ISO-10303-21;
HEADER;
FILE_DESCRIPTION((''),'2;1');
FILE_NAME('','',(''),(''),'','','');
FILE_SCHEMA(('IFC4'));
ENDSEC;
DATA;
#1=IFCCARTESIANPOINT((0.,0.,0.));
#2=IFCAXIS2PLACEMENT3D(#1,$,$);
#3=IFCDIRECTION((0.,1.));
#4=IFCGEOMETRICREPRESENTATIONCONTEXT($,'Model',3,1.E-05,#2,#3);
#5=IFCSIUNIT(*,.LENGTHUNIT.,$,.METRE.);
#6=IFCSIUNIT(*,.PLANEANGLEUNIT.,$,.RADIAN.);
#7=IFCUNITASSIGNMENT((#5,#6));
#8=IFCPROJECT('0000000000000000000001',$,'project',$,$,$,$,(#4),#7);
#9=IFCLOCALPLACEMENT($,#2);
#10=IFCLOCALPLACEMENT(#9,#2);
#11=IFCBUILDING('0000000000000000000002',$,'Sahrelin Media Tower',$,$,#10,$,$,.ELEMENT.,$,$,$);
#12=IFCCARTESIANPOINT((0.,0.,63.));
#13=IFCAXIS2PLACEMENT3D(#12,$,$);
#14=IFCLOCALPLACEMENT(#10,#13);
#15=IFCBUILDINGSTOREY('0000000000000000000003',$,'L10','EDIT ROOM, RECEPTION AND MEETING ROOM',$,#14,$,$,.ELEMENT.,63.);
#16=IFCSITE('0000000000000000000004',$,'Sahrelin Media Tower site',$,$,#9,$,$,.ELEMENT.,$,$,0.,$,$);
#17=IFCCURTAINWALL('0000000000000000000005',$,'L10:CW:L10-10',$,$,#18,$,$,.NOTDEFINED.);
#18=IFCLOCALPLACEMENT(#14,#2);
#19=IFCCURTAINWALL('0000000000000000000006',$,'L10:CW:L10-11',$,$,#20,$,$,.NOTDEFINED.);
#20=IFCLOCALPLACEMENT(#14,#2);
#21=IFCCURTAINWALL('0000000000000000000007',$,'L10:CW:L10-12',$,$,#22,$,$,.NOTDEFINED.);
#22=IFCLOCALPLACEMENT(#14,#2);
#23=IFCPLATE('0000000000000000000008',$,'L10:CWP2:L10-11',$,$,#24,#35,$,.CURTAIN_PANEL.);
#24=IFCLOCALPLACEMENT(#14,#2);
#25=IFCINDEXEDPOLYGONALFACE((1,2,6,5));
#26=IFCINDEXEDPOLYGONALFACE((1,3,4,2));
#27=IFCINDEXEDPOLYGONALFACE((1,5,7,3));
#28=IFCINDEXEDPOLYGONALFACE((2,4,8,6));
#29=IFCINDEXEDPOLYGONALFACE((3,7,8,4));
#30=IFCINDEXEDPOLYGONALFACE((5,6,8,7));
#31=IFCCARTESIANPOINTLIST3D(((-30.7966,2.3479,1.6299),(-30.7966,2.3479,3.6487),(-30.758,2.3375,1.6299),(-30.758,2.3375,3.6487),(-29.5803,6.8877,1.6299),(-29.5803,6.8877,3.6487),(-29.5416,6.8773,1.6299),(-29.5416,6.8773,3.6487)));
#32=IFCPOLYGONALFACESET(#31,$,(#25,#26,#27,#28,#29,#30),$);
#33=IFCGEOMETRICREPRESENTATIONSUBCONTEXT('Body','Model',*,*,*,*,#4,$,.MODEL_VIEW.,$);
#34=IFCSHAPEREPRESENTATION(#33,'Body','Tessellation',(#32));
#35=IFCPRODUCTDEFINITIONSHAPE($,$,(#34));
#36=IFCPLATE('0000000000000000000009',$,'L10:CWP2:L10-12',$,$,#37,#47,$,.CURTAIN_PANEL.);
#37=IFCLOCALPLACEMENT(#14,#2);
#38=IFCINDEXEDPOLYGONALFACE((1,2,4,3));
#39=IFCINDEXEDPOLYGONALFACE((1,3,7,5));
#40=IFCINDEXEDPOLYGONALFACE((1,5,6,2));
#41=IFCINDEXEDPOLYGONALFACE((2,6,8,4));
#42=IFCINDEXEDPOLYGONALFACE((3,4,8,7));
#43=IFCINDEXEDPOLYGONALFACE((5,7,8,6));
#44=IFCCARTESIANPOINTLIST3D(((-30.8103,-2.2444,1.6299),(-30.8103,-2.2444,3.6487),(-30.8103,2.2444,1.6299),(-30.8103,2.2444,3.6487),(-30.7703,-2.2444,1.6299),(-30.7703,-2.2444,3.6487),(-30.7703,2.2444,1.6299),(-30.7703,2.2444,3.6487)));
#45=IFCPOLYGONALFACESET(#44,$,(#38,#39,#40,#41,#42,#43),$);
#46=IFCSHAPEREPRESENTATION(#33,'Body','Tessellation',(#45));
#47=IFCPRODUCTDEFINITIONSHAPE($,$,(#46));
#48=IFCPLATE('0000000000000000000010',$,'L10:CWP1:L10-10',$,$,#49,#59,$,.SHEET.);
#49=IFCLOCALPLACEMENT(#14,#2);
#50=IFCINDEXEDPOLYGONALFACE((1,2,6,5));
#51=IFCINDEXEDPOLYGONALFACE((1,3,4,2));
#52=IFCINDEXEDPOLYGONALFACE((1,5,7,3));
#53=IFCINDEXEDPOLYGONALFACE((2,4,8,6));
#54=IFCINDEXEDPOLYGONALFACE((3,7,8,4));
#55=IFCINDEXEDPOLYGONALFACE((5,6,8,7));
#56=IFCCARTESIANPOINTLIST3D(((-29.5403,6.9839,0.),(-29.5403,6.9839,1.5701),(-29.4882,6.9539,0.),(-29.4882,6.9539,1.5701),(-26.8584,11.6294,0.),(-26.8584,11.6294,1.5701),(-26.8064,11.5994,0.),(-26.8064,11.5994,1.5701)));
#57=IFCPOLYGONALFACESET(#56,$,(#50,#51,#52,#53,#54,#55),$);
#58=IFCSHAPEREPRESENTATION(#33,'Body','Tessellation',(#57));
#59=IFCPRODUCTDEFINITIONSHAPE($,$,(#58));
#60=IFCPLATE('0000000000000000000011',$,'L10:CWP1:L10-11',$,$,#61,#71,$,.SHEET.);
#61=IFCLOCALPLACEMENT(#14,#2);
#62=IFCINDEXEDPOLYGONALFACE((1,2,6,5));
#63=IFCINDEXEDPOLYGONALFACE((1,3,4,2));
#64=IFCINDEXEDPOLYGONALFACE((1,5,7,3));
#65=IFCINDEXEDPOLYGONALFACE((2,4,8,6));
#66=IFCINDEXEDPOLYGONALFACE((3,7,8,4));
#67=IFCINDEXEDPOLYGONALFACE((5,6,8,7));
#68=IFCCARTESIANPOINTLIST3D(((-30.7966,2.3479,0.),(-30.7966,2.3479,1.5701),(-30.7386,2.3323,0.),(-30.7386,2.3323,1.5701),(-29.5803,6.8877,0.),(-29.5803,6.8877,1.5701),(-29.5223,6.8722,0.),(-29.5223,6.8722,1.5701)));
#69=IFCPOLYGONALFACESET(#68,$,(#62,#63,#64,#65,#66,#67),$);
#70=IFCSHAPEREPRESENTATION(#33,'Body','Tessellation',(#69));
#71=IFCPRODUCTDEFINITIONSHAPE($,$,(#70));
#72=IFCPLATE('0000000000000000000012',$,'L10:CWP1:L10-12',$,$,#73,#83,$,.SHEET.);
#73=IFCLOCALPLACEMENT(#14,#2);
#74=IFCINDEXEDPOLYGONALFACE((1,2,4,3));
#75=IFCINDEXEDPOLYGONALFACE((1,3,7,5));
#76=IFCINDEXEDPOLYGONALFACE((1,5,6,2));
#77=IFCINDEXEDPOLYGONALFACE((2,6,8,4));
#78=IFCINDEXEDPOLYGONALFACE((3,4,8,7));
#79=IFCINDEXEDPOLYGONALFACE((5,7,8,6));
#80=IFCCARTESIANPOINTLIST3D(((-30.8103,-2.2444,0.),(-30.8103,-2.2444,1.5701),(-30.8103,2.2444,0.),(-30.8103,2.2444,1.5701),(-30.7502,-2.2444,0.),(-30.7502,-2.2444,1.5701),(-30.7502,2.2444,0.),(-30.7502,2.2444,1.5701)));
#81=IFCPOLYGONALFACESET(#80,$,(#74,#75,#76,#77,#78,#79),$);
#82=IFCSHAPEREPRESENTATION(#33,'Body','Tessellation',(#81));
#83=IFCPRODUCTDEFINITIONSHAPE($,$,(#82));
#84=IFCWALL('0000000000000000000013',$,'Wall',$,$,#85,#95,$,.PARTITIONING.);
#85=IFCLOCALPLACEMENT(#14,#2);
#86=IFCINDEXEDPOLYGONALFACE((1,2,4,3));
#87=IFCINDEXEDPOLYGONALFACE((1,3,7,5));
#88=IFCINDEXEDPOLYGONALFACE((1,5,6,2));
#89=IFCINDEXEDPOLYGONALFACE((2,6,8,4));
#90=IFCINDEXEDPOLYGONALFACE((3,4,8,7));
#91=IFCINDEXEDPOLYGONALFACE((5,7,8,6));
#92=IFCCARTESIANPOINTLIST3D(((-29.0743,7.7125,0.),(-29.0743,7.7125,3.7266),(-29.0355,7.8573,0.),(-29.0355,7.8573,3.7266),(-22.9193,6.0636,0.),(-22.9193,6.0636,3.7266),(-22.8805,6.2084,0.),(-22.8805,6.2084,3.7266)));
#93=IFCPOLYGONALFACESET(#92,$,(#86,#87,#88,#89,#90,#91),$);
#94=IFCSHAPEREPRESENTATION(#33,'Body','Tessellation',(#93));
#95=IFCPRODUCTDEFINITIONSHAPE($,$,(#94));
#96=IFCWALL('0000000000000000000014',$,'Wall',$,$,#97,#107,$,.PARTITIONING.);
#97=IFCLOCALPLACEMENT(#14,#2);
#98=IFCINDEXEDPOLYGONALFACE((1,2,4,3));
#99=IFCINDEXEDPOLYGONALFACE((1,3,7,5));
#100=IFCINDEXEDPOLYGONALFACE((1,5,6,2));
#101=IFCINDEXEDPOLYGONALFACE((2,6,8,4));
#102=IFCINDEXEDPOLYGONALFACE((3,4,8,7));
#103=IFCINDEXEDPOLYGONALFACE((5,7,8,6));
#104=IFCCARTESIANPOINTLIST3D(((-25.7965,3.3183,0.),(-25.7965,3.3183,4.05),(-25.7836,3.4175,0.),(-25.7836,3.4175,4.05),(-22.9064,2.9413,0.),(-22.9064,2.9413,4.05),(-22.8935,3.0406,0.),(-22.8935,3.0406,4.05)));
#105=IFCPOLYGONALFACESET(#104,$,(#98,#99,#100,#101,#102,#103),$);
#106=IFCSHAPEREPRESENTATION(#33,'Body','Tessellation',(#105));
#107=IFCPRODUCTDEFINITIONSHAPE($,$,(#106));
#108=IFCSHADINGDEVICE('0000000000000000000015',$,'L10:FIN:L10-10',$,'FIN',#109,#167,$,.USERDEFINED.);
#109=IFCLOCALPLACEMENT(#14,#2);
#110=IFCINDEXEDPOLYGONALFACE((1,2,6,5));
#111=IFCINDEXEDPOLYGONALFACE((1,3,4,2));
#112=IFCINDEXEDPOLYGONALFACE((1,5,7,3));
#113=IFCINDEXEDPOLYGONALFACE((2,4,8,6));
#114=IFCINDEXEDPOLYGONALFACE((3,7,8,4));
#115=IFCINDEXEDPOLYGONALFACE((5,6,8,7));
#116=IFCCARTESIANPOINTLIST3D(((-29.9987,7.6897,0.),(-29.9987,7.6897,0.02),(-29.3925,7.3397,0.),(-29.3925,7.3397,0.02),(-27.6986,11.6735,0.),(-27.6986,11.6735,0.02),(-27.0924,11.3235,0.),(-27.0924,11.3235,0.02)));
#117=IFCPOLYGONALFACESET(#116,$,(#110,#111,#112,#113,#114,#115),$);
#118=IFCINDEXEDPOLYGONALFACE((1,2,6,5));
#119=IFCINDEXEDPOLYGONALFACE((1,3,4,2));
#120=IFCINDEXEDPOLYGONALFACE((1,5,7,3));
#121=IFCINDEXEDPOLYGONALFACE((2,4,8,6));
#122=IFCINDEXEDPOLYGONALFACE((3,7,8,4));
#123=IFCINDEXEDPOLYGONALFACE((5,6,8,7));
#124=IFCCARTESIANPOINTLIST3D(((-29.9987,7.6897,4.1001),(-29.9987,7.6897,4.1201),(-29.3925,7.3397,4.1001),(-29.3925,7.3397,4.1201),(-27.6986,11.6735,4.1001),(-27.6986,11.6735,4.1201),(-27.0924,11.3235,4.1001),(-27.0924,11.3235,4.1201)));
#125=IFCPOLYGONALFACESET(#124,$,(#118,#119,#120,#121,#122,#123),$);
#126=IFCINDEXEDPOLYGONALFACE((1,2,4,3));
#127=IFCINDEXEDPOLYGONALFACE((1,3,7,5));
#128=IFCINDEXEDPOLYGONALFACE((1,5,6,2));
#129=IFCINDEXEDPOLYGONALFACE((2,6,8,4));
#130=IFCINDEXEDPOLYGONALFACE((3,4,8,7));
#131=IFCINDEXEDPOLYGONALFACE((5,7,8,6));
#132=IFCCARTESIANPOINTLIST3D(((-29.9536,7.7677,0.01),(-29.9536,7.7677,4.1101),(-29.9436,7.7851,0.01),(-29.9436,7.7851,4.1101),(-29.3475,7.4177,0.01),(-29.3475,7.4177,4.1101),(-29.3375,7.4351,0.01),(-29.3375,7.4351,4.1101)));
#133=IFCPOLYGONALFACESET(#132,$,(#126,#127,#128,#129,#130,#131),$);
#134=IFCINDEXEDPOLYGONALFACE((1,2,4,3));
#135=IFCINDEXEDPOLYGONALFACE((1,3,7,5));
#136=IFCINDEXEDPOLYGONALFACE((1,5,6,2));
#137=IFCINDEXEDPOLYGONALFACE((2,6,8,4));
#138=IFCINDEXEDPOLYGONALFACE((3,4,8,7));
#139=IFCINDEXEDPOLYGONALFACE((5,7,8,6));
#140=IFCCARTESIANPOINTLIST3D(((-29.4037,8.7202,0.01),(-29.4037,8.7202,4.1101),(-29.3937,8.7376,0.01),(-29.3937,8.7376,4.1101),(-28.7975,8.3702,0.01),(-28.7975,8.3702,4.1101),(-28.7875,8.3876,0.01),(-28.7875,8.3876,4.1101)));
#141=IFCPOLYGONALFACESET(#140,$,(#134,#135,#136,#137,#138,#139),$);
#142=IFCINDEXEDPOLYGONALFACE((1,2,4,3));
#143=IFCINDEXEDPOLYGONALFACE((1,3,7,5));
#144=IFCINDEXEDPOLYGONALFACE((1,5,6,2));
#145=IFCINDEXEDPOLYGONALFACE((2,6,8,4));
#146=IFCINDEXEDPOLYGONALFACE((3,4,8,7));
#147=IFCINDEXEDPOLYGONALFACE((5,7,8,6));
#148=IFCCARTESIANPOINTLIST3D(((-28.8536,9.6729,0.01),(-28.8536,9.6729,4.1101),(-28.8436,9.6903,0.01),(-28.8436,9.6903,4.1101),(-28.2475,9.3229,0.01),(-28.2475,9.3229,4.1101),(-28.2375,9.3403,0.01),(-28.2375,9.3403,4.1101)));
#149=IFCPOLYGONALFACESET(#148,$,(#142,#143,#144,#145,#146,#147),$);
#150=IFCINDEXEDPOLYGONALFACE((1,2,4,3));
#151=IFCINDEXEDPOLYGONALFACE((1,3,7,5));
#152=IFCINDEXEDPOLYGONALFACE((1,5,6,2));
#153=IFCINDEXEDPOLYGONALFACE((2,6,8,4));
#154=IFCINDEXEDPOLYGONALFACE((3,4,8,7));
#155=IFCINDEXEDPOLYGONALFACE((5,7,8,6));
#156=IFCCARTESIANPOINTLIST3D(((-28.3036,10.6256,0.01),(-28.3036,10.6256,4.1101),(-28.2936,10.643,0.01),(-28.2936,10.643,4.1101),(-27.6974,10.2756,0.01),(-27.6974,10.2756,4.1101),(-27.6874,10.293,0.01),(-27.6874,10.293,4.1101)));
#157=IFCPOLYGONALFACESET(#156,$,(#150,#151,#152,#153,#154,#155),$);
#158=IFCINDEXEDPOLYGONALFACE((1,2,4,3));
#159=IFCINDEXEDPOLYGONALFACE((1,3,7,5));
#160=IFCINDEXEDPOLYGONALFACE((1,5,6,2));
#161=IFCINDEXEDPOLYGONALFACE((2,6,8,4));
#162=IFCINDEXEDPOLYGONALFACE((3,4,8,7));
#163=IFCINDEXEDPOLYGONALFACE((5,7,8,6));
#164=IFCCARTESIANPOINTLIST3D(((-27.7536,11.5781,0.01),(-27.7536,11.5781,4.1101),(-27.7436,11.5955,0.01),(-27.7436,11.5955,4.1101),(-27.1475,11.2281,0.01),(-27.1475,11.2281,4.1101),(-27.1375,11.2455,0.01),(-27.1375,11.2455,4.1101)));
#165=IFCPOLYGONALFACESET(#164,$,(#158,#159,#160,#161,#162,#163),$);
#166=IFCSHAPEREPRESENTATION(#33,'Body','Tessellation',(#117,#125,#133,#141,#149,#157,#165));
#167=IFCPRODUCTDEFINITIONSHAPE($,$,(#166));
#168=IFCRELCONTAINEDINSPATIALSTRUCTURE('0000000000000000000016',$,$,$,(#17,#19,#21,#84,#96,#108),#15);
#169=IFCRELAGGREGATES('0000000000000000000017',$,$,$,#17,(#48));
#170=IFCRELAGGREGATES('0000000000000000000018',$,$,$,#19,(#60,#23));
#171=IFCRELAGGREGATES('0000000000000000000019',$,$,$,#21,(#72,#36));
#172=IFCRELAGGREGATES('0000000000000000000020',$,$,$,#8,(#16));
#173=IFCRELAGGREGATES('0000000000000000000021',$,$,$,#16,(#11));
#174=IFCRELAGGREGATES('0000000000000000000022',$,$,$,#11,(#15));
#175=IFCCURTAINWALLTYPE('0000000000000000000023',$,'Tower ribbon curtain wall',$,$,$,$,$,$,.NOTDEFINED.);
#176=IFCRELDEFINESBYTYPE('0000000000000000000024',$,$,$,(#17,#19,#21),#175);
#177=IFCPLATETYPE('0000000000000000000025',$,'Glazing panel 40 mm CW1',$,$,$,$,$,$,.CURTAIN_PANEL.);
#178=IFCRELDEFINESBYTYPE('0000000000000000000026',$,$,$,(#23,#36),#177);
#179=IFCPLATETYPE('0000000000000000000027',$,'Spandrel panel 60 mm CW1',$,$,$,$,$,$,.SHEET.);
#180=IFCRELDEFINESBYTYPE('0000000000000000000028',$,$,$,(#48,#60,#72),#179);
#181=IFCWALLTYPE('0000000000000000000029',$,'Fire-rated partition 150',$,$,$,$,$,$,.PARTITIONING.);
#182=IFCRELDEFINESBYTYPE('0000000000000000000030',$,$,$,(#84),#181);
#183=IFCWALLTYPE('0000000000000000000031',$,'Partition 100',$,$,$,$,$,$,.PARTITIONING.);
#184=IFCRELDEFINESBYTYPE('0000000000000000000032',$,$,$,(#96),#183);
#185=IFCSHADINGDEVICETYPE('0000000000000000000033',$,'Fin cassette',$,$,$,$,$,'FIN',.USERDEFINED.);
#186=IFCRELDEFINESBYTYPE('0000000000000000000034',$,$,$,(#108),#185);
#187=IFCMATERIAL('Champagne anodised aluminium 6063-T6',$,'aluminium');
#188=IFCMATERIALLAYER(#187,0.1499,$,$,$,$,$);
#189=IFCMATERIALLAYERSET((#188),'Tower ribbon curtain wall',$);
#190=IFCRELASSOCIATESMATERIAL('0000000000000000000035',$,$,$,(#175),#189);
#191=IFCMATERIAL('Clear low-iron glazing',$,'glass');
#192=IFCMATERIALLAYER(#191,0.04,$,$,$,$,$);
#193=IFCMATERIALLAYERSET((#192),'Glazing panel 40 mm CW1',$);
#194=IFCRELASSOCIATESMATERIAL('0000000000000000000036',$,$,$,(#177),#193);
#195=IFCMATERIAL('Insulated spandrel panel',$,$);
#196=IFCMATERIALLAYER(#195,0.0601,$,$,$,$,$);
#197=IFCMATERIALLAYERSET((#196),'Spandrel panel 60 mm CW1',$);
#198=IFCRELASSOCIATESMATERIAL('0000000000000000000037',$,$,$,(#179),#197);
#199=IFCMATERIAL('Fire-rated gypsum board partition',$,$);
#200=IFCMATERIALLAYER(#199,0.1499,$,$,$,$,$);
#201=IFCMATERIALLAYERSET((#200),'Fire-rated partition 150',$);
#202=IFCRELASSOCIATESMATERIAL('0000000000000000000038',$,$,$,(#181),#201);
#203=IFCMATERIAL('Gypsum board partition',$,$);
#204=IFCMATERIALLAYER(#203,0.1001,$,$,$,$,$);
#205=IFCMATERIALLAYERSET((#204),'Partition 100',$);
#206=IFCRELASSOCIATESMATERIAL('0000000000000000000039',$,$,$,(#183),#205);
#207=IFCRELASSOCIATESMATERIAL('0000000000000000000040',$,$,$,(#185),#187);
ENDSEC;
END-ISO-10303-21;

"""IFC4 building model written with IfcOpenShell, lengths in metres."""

from ifc_helpers import new_model, si_unit, direction, frame, frame_2d, origin, origin_2d, place, context, subcontext, project, spatial, polyline, rectangle, outline, extrude, material, layer, layer_set, type_object, element, aggregate, save


model = new_model("IFC4")

# Units and contexts
model_context = context("Model", 3, precision=1e-05, world=origin(), true_north=direction((0.0, 1.0)))
body_context = subcontext(model_context, "Body", "Model", "MODEL_VIEW")
ifc_project = project(units=[si_unit("LENGTHUNIT", "METRE"), si_unit("PLANEANGLEUNIT", "RADIAN")], contexts=[model_context])

# Site, building, storey
site_placement = place(None, origin())
site = spatial("IfcSite", under=ifc_project, at=site_placement, Name="Sahrelin Media Tower site", CompositionType="ELEMENT", RefElevation=0.0)
building_placement = place(site_placement, origin())
building = spatial("IfcBuilding", under=site, at=building_placement, Name="Sahrelin Media Tower", CompositionType="ELEMENT")
storey_placement = place(building_placement, frame((0.0, 0.0, 63.0)))
storey = spatial("IfcBuildingStorey", under=building, at=storey_placement, Name="L10", Description="EDIT ROOM, RECEPTION AND MEETING ROOM", CompositionType="ELEMENT", Elevation=63.0)

# Curtain walls
ifc_material_1 = material(Name="Champagne anodised aluminium 6063-T6", Category="aluminium")
ifc_layer_1 = layer(ifc_material_1, 0.1499)
ifc_layer_set_1 = layer_set([ifc_layer_1], Name="Tower ribbon curtain wall")
curtain_wall_type = type_object("IfcCurtainWallType", Name="Tower ribbon curtain wall", PredefinedType="NOTDEFINED", material=ifc_layer_set_1)
curtain_wall_1_placement = place(storey_placement, frame((-28.1819, 9.2966, 0.0), z_axis=(0.0, 0.0, 1.0), x_axis=(1.0, 0.0, 0.0)))
curtain_wall_1 = element("IfcCurtainWall", 1, at=curtain_wall_1_placement, inside=storey, type_object=curtain_wall_type, Name="L10:CW:L10-10", PredefinedType="NOTDEFINED")
curtain_wall_2_placement = place(storey_placement, frame((-30.1692, 4.6125, 0.0), z_axis=(0.0, 0.0, 1.0), x_axis=(1.0, 0.0, 0.0)))
curtain_wall_2 = element("IfcCurtainWall", 2, at=curtain_wall_2_placement, inside=storey, type_object=curtain_wall_type, Name="L10:CW:L10-11", PredefinedType="NOTDEFINED")

# Curtain wall
curtain_wall_3_placement = place(storey_placement, frame((-30.7903, 0.0, 0.0), z_axis=(0.0, 0.0, 1.0), x_axis=(1.0, 0.0, 0.0)))
curtain_wall_3 = element("IfcCurtainWall", 3, at=curtain_wall_3_placement, inside=storey, type_object=curtain_wall_type, Name="L10:CW:L10-12", PredefinedType="NOTDEFINED")

# Plates
ifc_material_2 = material(Name="Clear low-iron glazing", Category="glass")
ifc_layer_2 = layer(ifc_material_2, 0.04)
ifc_layer_set_2 = layer_set([ifc_layer_2], Name="Glazing panel 40 mm CW1")
plate_type_1 = type_object("IfcPlateType", Name="Glazing panel 40 mm CW1", PredefinedType="CURTAIN_PANEL", material=ifc_layer_set_2)
plate_1_placement = place(storey_placement, frame((-29.5803, 6.8877, 1.6299), z_axis=(-0.965933, 0.258794, 0.0), x_axis=(-0.258794, -0.965933, 0.0)))
plate_1 = element("IfcPlate", 4, at=plate_1_placement, type_object=plate_type_1, Name="L10:CWP2:L10-11", PredefinedType="CURTAIN_PANEL", context=body_context, shape_type="SweptSolid", body=[
    extrude(outline(polyline([(0.0, 0.0), (4.7, 0.0), (4.7, 2.0188), (0.0, 2.0188), (0.0, 0.0)])), origin(), (0.0, 0.0, -1.0), 0.04),
])
plate_2_placement = place(storey_placement, frame((-30.8103, 2.2444, 1.6299), z_axis=(-1.0, 0.0, 0.0), x_axis=(0.0, -1.0, 0.0)))
plate_2 = element("IfcPlate", 5, at=plate_2_placement, type_object=plate_type_1, Name="L10:CWP2:L10-12", PredefinedType="CURTAIN_PANEL", context=body_context, shape_type="SweptSolid", body=[
    extrude(outline(polyline([(0.0, 0.0), (4.4888, 0.0), (4.4888, 2.0188), (0.0, 2.0188), (0.0, 0.0)])), origin(), (0.0, 0.0, -1.0), 0.04),
])
ifc_material_3 = material(Name="Insulated spandrel panel")
ifc_layer_3 = layer(ifc_material_3, 0.0601)
ifc_layer_set_3 = layer_set([ifc_layer_3], Name="Spandrel panel 60 mm CW1")
plate_type_2 = type_object("IfcPlateType", Name="Spandrel panel 60 mm CW1", PredefinedType="SHEET", material=ifc_layer_set_3)
plate_3_placement = place(storey_placement, frame((-26.8584, 11.6294, 0.0), z_axis=(-0.866042, 0.499972, 0.0), x_axis=(-0.499972, -0.866042, 0.0)))
plate_3 = element("IfcPlate", 6, at=plate_3_placement, type_object=plate_type_2, Name="L10:CWP1:L10-10", PredefinedType="SHEET", context=body_context, shape_type="SweptSolid", body=[
    extrude(outline(polyline([(0.0, 0.0), (5.364, 0.0), (5.364, 1.5701), (0.0, 1.5701), (0.0, 0.0)])), origin(), (0.0, 0.0, -1.0), 0.0601),
])
aggregate(curtain_wall_1, [plate_3])
plate_4_placement = place(storey_placement, frame((-29.5803, 6.8877, 0.0), z_axis=(-0.965933, 0.258794, 0.0), x_axis=(-0.258794, -0.965933, 0.0)))
plate_4 = element("IfcPlate", 7, at=plate_4_placement, type_object=plate_type_2, Name="L10:CWP1:L10-11", PredefinedType="SHEET", context=body_context, shape_type="SweptSolid", body=[
    extrude(outline(polyline([(0.0, 0.0), (4.7, 0.0), (4.7, 1.5701), (0.0, 1.5701), (0.0, 0.0)])), origin(), (0.0, 0.0, -1.0), 0.0601),
])
aggregate(curtain_wall_2, [plate_4, plate_1])
plate_5_placement = place(storey_placement, frame((-30.8103, 2.2444, 0.0), z_axis=(-1.0, 0.0, 0.0), x_axis=(0.0, -1.0, 0.0)))
plate_5 = element("IfcPlate", 8, at=plate_5_placement, type_object=plate_type_2, Name="L10:CWP1:L10-12", PredefinedType="SHEET", context=body_context, shape_type="SweptSolid", body=[
    extrude(outline(polyline([(0.0, 0.0), (4.4888, 0.0), (4.4888, 1.5701), (0.0, 1.5701), (0.0, 0.0)])), origin(), (0.0, 0.0, -1.0), 0.0601),
])
aggregate(curtain_wall_3, [plate_5, plate_2])

# Walls
ifc_material_4 = material(Name="Fire-rated gypsum board partition")
ifc_layer_4 = layer(ifc_material_4, 0.1499)
ifc_layer_set_4 = layer_set([ifc_layer_4], Name="Fire-rated partition 150")
wall_type_1 = type_object("IfcWallType", Name="Fire-rated partition 150", PredefinedType="PARTITIONING", material=ifc_layer_set_4)
wall_1_placement = place(storey_placement, frame((-29.0549, 7.7849, 0.0), z_axis=(0.0, 0.0, 1.0), x_axis=(0.965938, -0.258774, 0.0)))
element("IfcWall", 9, at=wall_1_placement, inside=storey, type_object=wall_type_1, Name="Wall", PredefinedType="PARTITIONING", context=body_context, shape_type="SweptSolid", body=[
    extrude(rectangle(XDim=6.3721, YDim=0.1499, at=frame_2d((3.186, 0.0))), origin(), (0.0, 0.0, 1.0), 3.7266),
])
ifc_material_5 = material(Name="Gypsum board partition")
ifc_layer_5 = layer(ifc_material_5, 0.1001)
ifc_layer_set_5 = layer_set([ifc_layer_5], Name="Partition 100")
wall_type_2 = type_object("IfcWallType", Name="Partition 100", PredefinedType="PARTITIONING", material=ifc_layer_set_5)
wall_2_placement = place(storey_placement, frame((-25.79, 3.3679, 0.0), z_axis=(0.0, 0.0, 1.0), x_axis=(0.991601, -0.129332, 0.0)))
element("IfcWall", 10, at=wall_2_placement, inside=storey, type_object=wall_type_2, Name="Wall", PredefinedType="PARTITIONING", context=body_context, shape_type="SweptSolid", body=[
    extrude(rectangle(XDim=2.9146, YDim=0.1001, at=frame_2d((1.4573, 0.0))), origin(), (0.0, 0.0, 1.0), 4.05),
])

# Shading device
shading_device_type_1 = type_object("IfcShadingDeviceType", Name="Fin cassette", ElementType="FIN", PredefinedType="USERDEFINED", material=ifc_material_1)
placement_1 = place(storey_placement, frame((-28.1819, 9.2966, 0.0), z_axis=(0.0, 0.0, 1.0), x_axis=(0.500011, 0.866019, 0.0)))
element("IfcShadingDevice", 11, at=placement_1, inside=storey, type_object=shading_device_type_1, Name="L10:FIN:L10-10", ObjectType="FIN", PredefinedType="USERDEFINED", context=body_context, shape_type="SweptSolid", body=[
    extrude(rectangle(XDim=4.6001, YDim=0.7, at=origin_2d()), frame((0.0, 0.4199, 0.0)), (0.0, 0.0, 1.0), 0.02),
    extrude(rectangle(XDim=4.6001, YDim=0.7, at=origin_2d()), frame((0.0, 0.4199, 4.1001)), (0.0, 0.0, 1.0), 0.02),
    extrude(rectangle(XDim=0.02, YDim=0.7, at=origin_2d()), frame((-2.2, 0.4199, 0.01), z_axis=(0.0, 0.0, 1.0), x_axis=(1.0, 0.0, 0.0)), (0.0, 0.0, 1.0), 4.1001),
    extrude(rectangle(XDim=0.02, YDim=0.7, at=origin_2d()), frame((-1.1001, 0.4199, 0.01), z_axis=(0.0, 0.0, 1.0), x_axis=(1.0, 0.0, 0.0)), (0.0, 0.0, 1.0), 4.1001),
    extrude(rectangle(XDim=0.02, YDim=0.7, at=origin_2d()), frame((0.0, 0.4199, 0.01), z_axis=(0.0, 0.0, 1.0), x_axis=(1.0, 0.0, 0.0)), (0.0, 0.0, 1.0), 4.1001),
    extrude(rectangle(XDim=0.02, YDim=0.7, at=origin_2d()), frame((1.1001, 0.4199, 0.01), z_axis=(0.0, 0.0, 1.0), x_axis=(1.0, 0.0, 0.0)), (0.0, 0.0, 1.0), 4.1001),
    extrude(rectangle(XDim=0.02, YDim=0.7, at=origin_2d()), frame((2.2, 0.4199, 0.01), z_axis=(0.0, 0.0, 1.0), x_axis=(1.0, 0.0, 0.0)), (0.0, 0.0, 1.0), 4.1001),
])

save(model, "model.ifc")
